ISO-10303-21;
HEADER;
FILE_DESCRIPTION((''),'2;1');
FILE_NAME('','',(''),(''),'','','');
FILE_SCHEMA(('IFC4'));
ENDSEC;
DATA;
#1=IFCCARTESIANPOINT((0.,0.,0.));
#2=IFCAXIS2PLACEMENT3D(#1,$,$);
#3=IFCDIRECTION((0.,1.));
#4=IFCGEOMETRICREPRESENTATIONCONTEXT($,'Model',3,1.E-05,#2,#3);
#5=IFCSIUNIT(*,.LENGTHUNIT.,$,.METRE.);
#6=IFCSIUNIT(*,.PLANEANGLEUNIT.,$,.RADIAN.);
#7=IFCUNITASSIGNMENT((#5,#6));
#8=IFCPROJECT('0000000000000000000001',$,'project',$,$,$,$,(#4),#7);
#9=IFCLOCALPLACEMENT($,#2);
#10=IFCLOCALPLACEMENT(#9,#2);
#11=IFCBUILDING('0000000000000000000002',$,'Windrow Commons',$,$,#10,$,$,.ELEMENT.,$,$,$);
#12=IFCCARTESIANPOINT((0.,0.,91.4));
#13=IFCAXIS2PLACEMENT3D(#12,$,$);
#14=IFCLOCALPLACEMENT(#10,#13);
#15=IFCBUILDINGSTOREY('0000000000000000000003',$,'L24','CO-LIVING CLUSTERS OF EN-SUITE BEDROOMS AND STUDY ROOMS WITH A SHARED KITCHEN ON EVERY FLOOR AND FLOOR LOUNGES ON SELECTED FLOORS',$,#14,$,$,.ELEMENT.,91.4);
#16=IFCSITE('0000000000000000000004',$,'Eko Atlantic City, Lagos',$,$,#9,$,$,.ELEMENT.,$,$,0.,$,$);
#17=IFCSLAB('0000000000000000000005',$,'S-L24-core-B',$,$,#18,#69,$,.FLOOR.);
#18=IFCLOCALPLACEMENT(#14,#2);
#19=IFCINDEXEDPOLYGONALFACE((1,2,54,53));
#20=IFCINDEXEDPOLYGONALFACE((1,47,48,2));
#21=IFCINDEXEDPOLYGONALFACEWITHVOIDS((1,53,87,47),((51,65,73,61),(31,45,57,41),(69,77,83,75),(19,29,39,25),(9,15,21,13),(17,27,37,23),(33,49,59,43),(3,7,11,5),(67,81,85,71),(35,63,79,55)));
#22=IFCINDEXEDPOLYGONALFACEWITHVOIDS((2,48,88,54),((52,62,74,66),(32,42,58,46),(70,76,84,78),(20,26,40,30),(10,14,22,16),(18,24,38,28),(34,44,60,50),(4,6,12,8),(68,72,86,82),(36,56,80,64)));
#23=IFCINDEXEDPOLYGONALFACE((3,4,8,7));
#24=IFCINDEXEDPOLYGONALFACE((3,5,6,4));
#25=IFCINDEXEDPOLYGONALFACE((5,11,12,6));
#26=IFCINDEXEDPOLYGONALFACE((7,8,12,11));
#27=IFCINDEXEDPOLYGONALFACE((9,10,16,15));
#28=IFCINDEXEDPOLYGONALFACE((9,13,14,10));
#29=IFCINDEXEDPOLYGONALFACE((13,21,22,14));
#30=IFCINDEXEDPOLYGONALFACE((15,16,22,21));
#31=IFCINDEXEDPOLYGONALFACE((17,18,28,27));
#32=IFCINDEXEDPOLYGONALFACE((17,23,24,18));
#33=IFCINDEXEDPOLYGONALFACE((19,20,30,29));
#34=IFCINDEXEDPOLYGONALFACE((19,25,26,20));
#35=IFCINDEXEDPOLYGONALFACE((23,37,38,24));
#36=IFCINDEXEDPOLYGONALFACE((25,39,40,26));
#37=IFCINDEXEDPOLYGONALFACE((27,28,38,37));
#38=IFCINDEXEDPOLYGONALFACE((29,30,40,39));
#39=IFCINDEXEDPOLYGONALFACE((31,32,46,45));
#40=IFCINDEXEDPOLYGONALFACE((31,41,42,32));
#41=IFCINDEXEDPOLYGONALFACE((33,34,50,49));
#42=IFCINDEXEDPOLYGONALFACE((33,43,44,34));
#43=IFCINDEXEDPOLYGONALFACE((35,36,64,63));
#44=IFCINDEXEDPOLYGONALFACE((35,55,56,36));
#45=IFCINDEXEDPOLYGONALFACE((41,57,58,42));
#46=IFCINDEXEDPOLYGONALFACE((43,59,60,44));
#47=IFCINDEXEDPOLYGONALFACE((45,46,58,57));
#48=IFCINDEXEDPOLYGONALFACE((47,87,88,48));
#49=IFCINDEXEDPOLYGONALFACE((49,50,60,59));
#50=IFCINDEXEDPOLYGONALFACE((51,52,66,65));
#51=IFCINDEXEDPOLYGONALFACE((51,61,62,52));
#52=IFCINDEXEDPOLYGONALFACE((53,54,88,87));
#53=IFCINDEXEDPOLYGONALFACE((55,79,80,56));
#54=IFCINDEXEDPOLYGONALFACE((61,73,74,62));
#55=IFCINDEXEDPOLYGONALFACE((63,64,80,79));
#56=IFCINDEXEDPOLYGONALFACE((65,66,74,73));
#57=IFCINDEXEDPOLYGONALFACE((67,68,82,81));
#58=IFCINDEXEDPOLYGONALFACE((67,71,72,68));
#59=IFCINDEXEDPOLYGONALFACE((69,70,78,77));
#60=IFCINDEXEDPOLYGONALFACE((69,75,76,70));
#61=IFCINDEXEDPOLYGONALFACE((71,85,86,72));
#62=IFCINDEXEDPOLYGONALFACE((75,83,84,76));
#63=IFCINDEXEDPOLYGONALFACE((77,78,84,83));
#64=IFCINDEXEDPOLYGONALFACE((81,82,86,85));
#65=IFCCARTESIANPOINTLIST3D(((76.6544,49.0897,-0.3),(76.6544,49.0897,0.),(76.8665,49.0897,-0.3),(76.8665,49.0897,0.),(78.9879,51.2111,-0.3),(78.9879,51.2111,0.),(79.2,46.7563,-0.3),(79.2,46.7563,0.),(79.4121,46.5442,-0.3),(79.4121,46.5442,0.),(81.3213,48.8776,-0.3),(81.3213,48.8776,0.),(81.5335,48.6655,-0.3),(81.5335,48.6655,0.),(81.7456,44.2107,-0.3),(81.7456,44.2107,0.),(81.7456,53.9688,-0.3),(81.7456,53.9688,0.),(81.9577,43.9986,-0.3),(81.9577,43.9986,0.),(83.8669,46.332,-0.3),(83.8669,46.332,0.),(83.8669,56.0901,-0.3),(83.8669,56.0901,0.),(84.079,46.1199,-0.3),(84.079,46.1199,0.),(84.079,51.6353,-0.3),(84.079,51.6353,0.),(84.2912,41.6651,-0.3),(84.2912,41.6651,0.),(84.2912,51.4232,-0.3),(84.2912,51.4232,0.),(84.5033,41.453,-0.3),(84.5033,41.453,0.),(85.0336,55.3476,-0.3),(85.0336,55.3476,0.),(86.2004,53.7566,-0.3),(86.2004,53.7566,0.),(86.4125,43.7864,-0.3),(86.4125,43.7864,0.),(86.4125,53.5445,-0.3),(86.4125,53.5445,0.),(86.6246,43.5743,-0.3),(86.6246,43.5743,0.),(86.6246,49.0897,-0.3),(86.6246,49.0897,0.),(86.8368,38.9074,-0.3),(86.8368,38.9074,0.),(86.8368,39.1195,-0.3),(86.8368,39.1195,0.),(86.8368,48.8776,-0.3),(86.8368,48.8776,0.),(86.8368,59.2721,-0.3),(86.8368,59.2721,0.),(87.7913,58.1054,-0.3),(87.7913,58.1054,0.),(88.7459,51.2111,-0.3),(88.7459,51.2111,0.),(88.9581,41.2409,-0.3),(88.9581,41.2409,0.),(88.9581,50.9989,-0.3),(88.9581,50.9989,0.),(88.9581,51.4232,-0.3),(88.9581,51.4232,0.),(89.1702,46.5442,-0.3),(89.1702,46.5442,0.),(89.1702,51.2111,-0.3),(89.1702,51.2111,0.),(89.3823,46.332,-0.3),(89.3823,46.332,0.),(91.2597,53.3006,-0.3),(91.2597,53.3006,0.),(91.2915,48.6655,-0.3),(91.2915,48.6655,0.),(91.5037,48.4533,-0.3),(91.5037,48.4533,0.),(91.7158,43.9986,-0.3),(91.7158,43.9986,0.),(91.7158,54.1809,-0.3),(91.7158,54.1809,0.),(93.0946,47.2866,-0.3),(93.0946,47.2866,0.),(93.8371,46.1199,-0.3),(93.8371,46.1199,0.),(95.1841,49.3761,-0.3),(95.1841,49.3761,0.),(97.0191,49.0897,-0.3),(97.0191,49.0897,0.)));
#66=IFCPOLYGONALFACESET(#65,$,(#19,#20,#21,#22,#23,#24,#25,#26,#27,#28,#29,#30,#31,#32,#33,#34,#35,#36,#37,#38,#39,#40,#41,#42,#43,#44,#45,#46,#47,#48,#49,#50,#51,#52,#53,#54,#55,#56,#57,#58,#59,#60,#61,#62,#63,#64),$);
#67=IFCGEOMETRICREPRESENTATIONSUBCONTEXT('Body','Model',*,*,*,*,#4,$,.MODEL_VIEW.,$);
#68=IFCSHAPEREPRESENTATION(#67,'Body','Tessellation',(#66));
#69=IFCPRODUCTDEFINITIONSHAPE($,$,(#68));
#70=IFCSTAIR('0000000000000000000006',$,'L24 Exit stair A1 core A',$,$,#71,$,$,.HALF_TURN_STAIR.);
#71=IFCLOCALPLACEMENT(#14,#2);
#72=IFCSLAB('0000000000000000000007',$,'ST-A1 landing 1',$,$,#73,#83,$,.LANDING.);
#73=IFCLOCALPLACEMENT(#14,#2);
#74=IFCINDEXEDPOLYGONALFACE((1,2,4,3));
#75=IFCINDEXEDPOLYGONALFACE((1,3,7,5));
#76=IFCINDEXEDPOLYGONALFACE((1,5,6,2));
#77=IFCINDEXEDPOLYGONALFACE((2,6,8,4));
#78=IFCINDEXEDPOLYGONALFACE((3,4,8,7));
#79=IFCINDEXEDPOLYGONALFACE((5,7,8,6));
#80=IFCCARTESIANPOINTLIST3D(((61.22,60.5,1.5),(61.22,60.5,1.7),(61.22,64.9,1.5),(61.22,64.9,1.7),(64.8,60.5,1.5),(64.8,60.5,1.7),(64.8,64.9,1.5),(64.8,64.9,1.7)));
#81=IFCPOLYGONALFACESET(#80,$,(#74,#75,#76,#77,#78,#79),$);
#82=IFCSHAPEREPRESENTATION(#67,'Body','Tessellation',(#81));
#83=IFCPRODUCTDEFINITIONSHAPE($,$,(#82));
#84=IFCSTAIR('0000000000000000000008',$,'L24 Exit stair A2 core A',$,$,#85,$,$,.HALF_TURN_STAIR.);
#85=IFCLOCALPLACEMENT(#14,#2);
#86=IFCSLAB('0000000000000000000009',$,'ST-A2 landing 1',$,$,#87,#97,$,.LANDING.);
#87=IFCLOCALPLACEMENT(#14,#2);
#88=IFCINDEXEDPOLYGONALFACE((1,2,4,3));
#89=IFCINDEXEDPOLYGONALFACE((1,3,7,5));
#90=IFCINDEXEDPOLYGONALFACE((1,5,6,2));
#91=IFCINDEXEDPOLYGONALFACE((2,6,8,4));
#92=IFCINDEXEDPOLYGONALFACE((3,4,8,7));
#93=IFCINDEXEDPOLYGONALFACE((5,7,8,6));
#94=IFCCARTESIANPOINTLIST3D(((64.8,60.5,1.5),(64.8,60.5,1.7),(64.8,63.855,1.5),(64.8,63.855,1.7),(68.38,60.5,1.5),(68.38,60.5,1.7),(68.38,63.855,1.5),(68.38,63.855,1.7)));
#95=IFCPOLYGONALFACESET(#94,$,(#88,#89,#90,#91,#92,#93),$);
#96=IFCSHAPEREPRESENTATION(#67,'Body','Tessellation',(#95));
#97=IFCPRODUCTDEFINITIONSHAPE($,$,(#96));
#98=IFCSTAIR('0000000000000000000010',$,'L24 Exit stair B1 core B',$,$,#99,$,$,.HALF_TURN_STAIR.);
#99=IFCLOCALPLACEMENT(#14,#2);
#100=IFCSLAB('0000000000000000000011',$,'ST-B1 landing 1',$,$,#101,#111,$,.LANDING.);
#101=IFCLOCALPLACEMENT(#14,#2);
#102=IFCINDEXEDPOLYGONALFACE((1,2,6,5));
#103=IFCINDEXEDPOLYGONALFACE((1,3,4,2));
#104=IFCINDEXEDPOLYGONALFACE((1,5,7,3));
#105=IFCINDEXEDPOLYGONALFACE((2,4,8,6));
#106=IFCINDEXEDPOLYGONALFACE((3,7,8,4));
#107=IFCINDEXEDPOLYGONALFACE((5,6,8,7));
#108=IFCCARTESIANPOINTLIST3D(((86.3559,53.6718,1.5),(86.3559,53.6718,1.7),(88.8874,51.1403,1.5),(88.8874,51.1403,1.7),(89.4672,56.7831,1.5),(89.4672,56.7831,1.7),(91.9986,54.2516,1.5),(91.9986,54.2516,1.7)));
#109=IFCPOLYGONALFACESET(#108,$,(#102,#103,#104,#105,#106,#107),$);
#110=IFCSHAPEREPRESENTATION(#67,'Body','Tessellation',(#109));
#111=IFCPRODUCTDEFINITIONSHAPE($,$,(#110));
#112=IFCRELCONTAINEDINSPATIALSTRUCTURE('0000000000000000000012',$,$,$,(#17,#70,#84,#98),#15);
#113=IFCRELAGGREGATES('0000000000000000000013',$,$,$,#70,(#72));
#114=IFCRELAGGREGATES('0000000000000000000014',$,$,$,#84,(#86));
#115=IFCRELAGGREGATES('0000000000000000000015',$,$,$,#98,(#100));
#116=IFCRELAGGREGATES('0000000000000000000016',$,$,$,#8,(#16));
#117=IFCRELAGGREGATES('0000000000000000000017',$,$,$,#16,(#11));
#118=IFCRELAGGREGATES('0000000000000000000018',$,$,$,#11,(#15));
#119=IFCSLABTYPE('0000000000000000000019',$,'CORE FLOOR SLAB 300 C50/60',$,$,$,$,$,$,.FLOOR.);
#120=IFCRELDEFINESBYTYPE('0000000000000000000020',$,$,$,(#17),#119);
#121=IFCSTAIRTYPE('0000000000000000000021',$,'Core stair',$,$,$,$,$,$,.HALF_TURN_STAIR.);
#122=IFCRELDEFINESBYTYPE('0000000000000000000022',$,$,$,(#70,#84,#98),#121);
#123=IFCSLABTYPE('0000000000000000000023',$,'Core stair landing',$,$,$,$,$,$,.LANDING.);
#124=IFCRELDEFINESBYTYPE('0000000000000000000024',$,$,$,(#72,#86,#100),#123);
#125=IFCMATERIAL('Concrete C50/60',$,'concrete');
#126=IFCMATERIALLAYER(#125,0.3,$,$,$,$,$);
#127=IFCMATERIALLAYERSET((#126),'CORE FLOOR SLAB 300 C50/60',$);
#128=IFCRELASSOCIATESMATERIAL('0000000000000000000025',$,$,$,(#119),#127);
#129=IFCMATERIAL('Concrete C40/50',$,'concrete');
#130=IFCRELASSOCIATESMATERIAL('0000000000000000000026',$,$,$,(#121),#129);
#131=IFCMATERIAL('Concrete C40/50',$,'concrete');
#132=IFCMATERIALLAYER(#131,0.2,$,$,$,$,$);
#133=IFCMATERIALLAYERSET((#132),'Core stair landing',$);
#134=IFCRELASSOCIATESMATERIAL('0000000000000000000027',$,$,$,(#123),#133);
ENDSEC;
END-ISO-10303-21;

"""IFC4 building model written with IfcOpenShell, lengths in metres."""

from ifc_helpers import new_model, si_unit, direction, frame, origin, place, context, subcontext, project, spatial, polyline, outline, extrude, material, layer, layer_set, type_object, element, aggregate, save


model = new_model("IFC4")

# Units and contexts
model_context = context("Model", 3, precision=1e-05, world=origin(), true_north=direction((0.0, 1.0)))
body_context = subcontext(model_context, "Body", "Model", "MODEL_VIEW")
ifc_project = project(units=[si_unit("LENGTHUNIT", "METRE"), si_unit("PLANEANGLEUNIT", "RADIAN")], contexts=[model_context])

# Site, building, storey
site_placement = place(None, origin())
site = spatial("IfcSite", under=ifc_project, at=site_placement, Name="Eko Atlantic City, Lagos", CompositionType="ELEMENT", RefElevation=0.0)
building_placement = place(site_placement, origin())
building = spatial("IfcBuilding", under=site, at=building_placement, Name="Windrow Commons", CompositionType="ELEMENT")
storey_placement = place(building_placement, frame((0.0, 0.0, 91.4)))
storey = spatial("IfcBuildingStorey", under=building, at=storey_placement, Name="L24", Description="CO-LIVING CLUSTERS OF EN-SUITE BEDROOMS AND STUDY ROOMS WITH A SHARED KITCHEN ON EVERY FLOOR AND FLOOR LOUNGES ON SELECTED FLOORS", CompositionType="ELEMENT", Elevation=91.4)

# Slab, openings
ifc_material_1 = material(Name="Concrete C50/60", Category="concrete")
ifc_layer_1 = layer(ifc_material_1, 0.3)
ifc_layer_set_1 = layer_set([ifc_layer_1], Name="CORE FLOOR SLAB 300 C50/60")
slab_type_1 = type_object("IfcSlabType", Name="CORE FLOOR SLAB 300 C50/60", PredefinedType="FLOOR", material=ifc_layer_set_1)
placement_1 = place(storey_placement, frame((0.0, 0.0, -0.3)))
slab_1 = element("IfcSlab", 1, at=placement_1, inside=storey, type_object=slab_type_1, Name="S-L24-core-B", PredefinedType="FLOOR", context=body_context, shape_type="SweptSolid", body=[
    extrude(outline(polyline([(76.6544, 49.0897), (86.8368, 38.9074), (97.0191, 49.0897), (86.8368, 59.2721), (76.6544, 49.0897)]), holes=[polyline([(76.8665, 49.0897), (79.2, 46.7563), (81.3213, 48.8776), (78.9879, 51.2111), (76.8665, 49.0897)]), polyline([(79.4121, 46.5442), (81.7456, 44.2107), (83.8669, 46.332), (81.5335, 48.6655), (79.4121, 46.5442)]), polyline([(81.9577, 43.9986), (84.2912, 41.6651), (86.4125, 43.7864), (84.079, 46.1199), (81.9577, 43.9986)]), polyline([(84.5033, 41.453), (86.8368, 39.1195), (88.9581, 41.2409), (86.6246, 43.5743), (84.5033, 41.453)]), polyline([(81.7456, 53.9688), (84.079, 51.6353), (86.2004, 53.7566), (83.8669, 56.0901), (81.7456, 53.9688)]), polyline([(84.2912, 51.4232), (86.6246, 49.0897), (88.7459, 51.2111), (86.4125, 53.5445), (84.2912, 51.4232)]), polyline([(86.8368, 48.8776), (89.1702, 46.5442), (91.2915, 48.6655), (88.9581, 50.9989), (86.8368, 48.8776)]), polyline([(89.3823, 46.332), (91.7158, 43.9986), (93.8371, 46.1199), (91.5037, 48.4533), (89.3823, 46.332)]), polyline([(85.0336, 55.3476), (88.9581, 51.4232), (91.7158, 54.1809), (87.7913, 58.1054), (85.0336, 55.3476)]), polyline([(89.1702, 51.2111), (93.0946, 47.2866), (95.1841, 49.3761), (91.2597, 53.3006), (89.1702, 51.2111)])]), origin(), (0.0, 0.0, 1.0), 0.3),
])
opening_1_placement = place(placement_1, origin())
element("IfcOpeningElement", 2, at=opening_1_placement, cuts=slab_1, PredefinedType="OPENING", context=body_context, shape_type="SweptSolid", body=[
    extrude(outline(polyline([(76.8736, 49.0897), (78.9879, 51.204), (81.3142, 48.8776), (79.2, 46.7634), (76.8736, 49.0897)])), origin(), (0.0, 0.0, 1.0), 0.3),
])
opening_2_placement = place(placement_1, origin())
element("IfcOpeningElement", 3, at=opening_2_placement, cuts=slab_1, PredefinedType="OPENING", context=body_context, shape_type="SweptSolid", body=[
    extrude(outline(polyline([(79.4192, 46.5442), (81.5335, 48.6584), (83.8598, 46.332), (81.7456, 44.2178), (79.4192, 46.5442)])), origin(), (0.0, 0.0, 1.0), 0.3),
])
opening_3_placement = place(placement_1, origin())
element("IfcOpeningElement", 4, at=opening_3_placement, cuts=slab_1, PredefinedType="OPENING", context=body_context, shape_type="SweptSolid", body=[
    extrude(outline(polyline([(81.9648, 43.9986), (84.079, 46.1128), (86.4054, 43.7864), (84.2912, 41.6722), (81.9648, 43.9986)])), origin(), (0.0, 0.0, 1.0), 0.3),
])
opening_4_placement = place(placement_1, origin())
element("IfcOpeningElement", 5, at=opening_4_placement, cuts=slab_1, PredefinedType="OPENING", context=body_context, shape_type="SweptSolid", body=[
    extrude(outline(polyline([(84.5104, 41.453), (86.6246, 43.5672), (88.951, 41.2409), (86.8368, 39.1266), (84.5104, 41.453)])), origin(), (0.0, 0.0, 1.0), 0.3),
])
opening_5_placement = place(placement_1, origin())
element("IfcOpeningElement", 6, at=opening_5_placement, cuts=slab_1, PredefinedType="OPENING", context=body_context, shape_type="SweptSolid", body=[
    extrude(outline(polyline([(81.7527, 53.9688), (83.8669, 56.083), (86.1933, 53.7566), (84.079, 51.6424), (81.7527, 53.9688)])), origin(), (0.0, 0.0, 1.0), 0.3),
])
opening_6_placement = place(placement_1, origin())
element("IfcOpeningElement", 7, at=opening_6_placement, cuts=slab_1, PredefinedType="OPENING", context=body_context, shape_type="SweptSolid", body=[
    extrude(outline(polyline([(84.2983, 51.4232), (86.4125, 53.5374), (88.7388, 51.2111), (86.6246, 49.0968), (84.2983, 51.4232)])), origin(), (0.0, 0.0, 1.0), 0.3),
])
opening_7_placement = place(placement_1, origin())
element("IfcOpeningElement", 8, at=opening_7_placement, cuts=slab_1, PredefinedType="OPENING", context=body_context, shape_type="SweptSolid", body=[
    extrude(outline(polyline([(86.8439, 48.8776), (88.9581, 50.9918), (91.2844, 48.6655), (89.1702, 46.5513), (86.8439, 48.8776)])), origin(), (0.0, 0.0, 1.0), 0.3),
])
opening_8_placement = place(placement_1, origin())
element("IfcOpeningElement", 9, at=opening_8_placement, cuts=slab_1, PredefinedType="OPENING", context=body_context, shape_type="SweptSolid", body=[
    extrude(outline(polyline([(89.3894, 46.332), (91.5037, 48.4462), (93.83, 46.1199), (91.7158, 44.0057), (89.3894, 46.332)])), origin(), (0.0, 0.0, 1.0), 0.3),
])
opening_9_placement = place(placement_1, origin())
element("IfcOpeningElement", 10, at=opening_9_placement, cuts=slab_1, PredefinedType="OPENING", context=body_context, shape_type="SweptSolid", body=[
    extrude(outline(polyline([(85.0407, 55.3476), (87.7913, 58.0983), (91.7087, 54.1809), (88.9581, 51.4303), (85.0407, 55.3476)])), origin(), (0.0, 0.0, 1.0), 0.3),
])
opening_10_placement = place(placement_1, origin())
element("IfcOpeningElement", 11, at=opening_10_placement, cuts=slab_1, PredefinedType="OPENING", context=body_context, shape_type="SweptSolid", body=[
    extrude(outline(polyline([(89.1773, 51.2111), (91.2597, 53.2935), (95.177, 49.3761), (93.0946, 47.2937), (89.1773, 51.2111)])), origin(), (0.0, 0.0, 1.0), 0.3),
])

# Stairs, slabs
ifc_material_2 = material(Name="Concrete C40/50", Category="concrete")
stair_type = type_object("IfcStairType", Name="Core stair", PredefinedType="HALF_TURN_STAIR", material=ifc_material_2)
placement_2 = place(storey_placement, origin())
stair_1 = element("IfcStair", 12, at=placement_2, inside=storey, type_object=stair_type, Name="L24 Exit stair A1 core A", PredefinedType="HALF_TURN_STAIR")
ifc_material_3 = material(Name="Concrete C40/50", Category="concrete")
ifc_layer_2 = layer(ifc_material_3, 0.2)
ifc_layer_set_2 = layer_set([ifc_layer_2], Name="Core stair landing")
slab_type_2 = type_object("IfcSlabType", Name="Core stair landing", PredefinedType="LANDING", material=ifc_layer_set_2)
placement_3 = place(storey_placement, frame((0.0, 0.0, 1.5)))
slab_2 = element("IfcSlab", 13, at=placement_3, type_object=slab_type_2, Name="ST-A1 landing 1", PredefinedType="LANDING", context=body_context, shape_type="SweptSolid", body=[
    extrude(outline(polyline([(61.22, 60.5), (64.8, 60.5), (64.8, 64.9), (61.22, 64.9), (61.22, 60.5)])), origin(), (0.0, 0.0, 1.0), 0.2),
])
aggregate(stair_1, [slab_2])
stair_2 = element("IfcStair", 14, at=placement_2, inside=storey, type_object=stair_type, Name="L24 Exit stair A2 core A", PredefinedType="HALF_TURN_STAIR")
slab_3 = element("IfcSlab", 15, at=placement_3, type_object=slab_type_2, Name="ST-A2 landing 1", PredefinedType="LANDING", context=body_context, shape_type="SweptSolid", body=[
    extrude(outline(polyline([(64.8, 60.5), (68.38, 60.5), (68.38, 63.855), (64.8, 63.855), (64.8, 60.5)])), origin(), (0.0, 0.0, 1.0), 0.2),
])
aggregate(stair_2, [slab_3])
stair_3 = element("IfcStair", 16, at=placement_2, inside=storey, type_object=stair_type, Name="L24 Exit stair B1 core B", PredefinedType="HALF_TURN_STAIR")
slab_4 = element("IfcSlab", 17, at=placement_3, type_object=slab_type_2, Name="ST-B1 landing 1", PredefinedType="LANDING", context=body_context, shape_type="SweptSolid", body=[
    extrude(outline(polyline([(86.3559, 53.6718), (88.8874, 51.1403), (91.9986, 54.2516), (89.4672, 56.7831), (86.3559, 53.6718)])), origin(), (0.0, 0.0, 1.0), 0.2),
])
aggregate(stair_3, [slab_4])

save(model, "model.ifc")
